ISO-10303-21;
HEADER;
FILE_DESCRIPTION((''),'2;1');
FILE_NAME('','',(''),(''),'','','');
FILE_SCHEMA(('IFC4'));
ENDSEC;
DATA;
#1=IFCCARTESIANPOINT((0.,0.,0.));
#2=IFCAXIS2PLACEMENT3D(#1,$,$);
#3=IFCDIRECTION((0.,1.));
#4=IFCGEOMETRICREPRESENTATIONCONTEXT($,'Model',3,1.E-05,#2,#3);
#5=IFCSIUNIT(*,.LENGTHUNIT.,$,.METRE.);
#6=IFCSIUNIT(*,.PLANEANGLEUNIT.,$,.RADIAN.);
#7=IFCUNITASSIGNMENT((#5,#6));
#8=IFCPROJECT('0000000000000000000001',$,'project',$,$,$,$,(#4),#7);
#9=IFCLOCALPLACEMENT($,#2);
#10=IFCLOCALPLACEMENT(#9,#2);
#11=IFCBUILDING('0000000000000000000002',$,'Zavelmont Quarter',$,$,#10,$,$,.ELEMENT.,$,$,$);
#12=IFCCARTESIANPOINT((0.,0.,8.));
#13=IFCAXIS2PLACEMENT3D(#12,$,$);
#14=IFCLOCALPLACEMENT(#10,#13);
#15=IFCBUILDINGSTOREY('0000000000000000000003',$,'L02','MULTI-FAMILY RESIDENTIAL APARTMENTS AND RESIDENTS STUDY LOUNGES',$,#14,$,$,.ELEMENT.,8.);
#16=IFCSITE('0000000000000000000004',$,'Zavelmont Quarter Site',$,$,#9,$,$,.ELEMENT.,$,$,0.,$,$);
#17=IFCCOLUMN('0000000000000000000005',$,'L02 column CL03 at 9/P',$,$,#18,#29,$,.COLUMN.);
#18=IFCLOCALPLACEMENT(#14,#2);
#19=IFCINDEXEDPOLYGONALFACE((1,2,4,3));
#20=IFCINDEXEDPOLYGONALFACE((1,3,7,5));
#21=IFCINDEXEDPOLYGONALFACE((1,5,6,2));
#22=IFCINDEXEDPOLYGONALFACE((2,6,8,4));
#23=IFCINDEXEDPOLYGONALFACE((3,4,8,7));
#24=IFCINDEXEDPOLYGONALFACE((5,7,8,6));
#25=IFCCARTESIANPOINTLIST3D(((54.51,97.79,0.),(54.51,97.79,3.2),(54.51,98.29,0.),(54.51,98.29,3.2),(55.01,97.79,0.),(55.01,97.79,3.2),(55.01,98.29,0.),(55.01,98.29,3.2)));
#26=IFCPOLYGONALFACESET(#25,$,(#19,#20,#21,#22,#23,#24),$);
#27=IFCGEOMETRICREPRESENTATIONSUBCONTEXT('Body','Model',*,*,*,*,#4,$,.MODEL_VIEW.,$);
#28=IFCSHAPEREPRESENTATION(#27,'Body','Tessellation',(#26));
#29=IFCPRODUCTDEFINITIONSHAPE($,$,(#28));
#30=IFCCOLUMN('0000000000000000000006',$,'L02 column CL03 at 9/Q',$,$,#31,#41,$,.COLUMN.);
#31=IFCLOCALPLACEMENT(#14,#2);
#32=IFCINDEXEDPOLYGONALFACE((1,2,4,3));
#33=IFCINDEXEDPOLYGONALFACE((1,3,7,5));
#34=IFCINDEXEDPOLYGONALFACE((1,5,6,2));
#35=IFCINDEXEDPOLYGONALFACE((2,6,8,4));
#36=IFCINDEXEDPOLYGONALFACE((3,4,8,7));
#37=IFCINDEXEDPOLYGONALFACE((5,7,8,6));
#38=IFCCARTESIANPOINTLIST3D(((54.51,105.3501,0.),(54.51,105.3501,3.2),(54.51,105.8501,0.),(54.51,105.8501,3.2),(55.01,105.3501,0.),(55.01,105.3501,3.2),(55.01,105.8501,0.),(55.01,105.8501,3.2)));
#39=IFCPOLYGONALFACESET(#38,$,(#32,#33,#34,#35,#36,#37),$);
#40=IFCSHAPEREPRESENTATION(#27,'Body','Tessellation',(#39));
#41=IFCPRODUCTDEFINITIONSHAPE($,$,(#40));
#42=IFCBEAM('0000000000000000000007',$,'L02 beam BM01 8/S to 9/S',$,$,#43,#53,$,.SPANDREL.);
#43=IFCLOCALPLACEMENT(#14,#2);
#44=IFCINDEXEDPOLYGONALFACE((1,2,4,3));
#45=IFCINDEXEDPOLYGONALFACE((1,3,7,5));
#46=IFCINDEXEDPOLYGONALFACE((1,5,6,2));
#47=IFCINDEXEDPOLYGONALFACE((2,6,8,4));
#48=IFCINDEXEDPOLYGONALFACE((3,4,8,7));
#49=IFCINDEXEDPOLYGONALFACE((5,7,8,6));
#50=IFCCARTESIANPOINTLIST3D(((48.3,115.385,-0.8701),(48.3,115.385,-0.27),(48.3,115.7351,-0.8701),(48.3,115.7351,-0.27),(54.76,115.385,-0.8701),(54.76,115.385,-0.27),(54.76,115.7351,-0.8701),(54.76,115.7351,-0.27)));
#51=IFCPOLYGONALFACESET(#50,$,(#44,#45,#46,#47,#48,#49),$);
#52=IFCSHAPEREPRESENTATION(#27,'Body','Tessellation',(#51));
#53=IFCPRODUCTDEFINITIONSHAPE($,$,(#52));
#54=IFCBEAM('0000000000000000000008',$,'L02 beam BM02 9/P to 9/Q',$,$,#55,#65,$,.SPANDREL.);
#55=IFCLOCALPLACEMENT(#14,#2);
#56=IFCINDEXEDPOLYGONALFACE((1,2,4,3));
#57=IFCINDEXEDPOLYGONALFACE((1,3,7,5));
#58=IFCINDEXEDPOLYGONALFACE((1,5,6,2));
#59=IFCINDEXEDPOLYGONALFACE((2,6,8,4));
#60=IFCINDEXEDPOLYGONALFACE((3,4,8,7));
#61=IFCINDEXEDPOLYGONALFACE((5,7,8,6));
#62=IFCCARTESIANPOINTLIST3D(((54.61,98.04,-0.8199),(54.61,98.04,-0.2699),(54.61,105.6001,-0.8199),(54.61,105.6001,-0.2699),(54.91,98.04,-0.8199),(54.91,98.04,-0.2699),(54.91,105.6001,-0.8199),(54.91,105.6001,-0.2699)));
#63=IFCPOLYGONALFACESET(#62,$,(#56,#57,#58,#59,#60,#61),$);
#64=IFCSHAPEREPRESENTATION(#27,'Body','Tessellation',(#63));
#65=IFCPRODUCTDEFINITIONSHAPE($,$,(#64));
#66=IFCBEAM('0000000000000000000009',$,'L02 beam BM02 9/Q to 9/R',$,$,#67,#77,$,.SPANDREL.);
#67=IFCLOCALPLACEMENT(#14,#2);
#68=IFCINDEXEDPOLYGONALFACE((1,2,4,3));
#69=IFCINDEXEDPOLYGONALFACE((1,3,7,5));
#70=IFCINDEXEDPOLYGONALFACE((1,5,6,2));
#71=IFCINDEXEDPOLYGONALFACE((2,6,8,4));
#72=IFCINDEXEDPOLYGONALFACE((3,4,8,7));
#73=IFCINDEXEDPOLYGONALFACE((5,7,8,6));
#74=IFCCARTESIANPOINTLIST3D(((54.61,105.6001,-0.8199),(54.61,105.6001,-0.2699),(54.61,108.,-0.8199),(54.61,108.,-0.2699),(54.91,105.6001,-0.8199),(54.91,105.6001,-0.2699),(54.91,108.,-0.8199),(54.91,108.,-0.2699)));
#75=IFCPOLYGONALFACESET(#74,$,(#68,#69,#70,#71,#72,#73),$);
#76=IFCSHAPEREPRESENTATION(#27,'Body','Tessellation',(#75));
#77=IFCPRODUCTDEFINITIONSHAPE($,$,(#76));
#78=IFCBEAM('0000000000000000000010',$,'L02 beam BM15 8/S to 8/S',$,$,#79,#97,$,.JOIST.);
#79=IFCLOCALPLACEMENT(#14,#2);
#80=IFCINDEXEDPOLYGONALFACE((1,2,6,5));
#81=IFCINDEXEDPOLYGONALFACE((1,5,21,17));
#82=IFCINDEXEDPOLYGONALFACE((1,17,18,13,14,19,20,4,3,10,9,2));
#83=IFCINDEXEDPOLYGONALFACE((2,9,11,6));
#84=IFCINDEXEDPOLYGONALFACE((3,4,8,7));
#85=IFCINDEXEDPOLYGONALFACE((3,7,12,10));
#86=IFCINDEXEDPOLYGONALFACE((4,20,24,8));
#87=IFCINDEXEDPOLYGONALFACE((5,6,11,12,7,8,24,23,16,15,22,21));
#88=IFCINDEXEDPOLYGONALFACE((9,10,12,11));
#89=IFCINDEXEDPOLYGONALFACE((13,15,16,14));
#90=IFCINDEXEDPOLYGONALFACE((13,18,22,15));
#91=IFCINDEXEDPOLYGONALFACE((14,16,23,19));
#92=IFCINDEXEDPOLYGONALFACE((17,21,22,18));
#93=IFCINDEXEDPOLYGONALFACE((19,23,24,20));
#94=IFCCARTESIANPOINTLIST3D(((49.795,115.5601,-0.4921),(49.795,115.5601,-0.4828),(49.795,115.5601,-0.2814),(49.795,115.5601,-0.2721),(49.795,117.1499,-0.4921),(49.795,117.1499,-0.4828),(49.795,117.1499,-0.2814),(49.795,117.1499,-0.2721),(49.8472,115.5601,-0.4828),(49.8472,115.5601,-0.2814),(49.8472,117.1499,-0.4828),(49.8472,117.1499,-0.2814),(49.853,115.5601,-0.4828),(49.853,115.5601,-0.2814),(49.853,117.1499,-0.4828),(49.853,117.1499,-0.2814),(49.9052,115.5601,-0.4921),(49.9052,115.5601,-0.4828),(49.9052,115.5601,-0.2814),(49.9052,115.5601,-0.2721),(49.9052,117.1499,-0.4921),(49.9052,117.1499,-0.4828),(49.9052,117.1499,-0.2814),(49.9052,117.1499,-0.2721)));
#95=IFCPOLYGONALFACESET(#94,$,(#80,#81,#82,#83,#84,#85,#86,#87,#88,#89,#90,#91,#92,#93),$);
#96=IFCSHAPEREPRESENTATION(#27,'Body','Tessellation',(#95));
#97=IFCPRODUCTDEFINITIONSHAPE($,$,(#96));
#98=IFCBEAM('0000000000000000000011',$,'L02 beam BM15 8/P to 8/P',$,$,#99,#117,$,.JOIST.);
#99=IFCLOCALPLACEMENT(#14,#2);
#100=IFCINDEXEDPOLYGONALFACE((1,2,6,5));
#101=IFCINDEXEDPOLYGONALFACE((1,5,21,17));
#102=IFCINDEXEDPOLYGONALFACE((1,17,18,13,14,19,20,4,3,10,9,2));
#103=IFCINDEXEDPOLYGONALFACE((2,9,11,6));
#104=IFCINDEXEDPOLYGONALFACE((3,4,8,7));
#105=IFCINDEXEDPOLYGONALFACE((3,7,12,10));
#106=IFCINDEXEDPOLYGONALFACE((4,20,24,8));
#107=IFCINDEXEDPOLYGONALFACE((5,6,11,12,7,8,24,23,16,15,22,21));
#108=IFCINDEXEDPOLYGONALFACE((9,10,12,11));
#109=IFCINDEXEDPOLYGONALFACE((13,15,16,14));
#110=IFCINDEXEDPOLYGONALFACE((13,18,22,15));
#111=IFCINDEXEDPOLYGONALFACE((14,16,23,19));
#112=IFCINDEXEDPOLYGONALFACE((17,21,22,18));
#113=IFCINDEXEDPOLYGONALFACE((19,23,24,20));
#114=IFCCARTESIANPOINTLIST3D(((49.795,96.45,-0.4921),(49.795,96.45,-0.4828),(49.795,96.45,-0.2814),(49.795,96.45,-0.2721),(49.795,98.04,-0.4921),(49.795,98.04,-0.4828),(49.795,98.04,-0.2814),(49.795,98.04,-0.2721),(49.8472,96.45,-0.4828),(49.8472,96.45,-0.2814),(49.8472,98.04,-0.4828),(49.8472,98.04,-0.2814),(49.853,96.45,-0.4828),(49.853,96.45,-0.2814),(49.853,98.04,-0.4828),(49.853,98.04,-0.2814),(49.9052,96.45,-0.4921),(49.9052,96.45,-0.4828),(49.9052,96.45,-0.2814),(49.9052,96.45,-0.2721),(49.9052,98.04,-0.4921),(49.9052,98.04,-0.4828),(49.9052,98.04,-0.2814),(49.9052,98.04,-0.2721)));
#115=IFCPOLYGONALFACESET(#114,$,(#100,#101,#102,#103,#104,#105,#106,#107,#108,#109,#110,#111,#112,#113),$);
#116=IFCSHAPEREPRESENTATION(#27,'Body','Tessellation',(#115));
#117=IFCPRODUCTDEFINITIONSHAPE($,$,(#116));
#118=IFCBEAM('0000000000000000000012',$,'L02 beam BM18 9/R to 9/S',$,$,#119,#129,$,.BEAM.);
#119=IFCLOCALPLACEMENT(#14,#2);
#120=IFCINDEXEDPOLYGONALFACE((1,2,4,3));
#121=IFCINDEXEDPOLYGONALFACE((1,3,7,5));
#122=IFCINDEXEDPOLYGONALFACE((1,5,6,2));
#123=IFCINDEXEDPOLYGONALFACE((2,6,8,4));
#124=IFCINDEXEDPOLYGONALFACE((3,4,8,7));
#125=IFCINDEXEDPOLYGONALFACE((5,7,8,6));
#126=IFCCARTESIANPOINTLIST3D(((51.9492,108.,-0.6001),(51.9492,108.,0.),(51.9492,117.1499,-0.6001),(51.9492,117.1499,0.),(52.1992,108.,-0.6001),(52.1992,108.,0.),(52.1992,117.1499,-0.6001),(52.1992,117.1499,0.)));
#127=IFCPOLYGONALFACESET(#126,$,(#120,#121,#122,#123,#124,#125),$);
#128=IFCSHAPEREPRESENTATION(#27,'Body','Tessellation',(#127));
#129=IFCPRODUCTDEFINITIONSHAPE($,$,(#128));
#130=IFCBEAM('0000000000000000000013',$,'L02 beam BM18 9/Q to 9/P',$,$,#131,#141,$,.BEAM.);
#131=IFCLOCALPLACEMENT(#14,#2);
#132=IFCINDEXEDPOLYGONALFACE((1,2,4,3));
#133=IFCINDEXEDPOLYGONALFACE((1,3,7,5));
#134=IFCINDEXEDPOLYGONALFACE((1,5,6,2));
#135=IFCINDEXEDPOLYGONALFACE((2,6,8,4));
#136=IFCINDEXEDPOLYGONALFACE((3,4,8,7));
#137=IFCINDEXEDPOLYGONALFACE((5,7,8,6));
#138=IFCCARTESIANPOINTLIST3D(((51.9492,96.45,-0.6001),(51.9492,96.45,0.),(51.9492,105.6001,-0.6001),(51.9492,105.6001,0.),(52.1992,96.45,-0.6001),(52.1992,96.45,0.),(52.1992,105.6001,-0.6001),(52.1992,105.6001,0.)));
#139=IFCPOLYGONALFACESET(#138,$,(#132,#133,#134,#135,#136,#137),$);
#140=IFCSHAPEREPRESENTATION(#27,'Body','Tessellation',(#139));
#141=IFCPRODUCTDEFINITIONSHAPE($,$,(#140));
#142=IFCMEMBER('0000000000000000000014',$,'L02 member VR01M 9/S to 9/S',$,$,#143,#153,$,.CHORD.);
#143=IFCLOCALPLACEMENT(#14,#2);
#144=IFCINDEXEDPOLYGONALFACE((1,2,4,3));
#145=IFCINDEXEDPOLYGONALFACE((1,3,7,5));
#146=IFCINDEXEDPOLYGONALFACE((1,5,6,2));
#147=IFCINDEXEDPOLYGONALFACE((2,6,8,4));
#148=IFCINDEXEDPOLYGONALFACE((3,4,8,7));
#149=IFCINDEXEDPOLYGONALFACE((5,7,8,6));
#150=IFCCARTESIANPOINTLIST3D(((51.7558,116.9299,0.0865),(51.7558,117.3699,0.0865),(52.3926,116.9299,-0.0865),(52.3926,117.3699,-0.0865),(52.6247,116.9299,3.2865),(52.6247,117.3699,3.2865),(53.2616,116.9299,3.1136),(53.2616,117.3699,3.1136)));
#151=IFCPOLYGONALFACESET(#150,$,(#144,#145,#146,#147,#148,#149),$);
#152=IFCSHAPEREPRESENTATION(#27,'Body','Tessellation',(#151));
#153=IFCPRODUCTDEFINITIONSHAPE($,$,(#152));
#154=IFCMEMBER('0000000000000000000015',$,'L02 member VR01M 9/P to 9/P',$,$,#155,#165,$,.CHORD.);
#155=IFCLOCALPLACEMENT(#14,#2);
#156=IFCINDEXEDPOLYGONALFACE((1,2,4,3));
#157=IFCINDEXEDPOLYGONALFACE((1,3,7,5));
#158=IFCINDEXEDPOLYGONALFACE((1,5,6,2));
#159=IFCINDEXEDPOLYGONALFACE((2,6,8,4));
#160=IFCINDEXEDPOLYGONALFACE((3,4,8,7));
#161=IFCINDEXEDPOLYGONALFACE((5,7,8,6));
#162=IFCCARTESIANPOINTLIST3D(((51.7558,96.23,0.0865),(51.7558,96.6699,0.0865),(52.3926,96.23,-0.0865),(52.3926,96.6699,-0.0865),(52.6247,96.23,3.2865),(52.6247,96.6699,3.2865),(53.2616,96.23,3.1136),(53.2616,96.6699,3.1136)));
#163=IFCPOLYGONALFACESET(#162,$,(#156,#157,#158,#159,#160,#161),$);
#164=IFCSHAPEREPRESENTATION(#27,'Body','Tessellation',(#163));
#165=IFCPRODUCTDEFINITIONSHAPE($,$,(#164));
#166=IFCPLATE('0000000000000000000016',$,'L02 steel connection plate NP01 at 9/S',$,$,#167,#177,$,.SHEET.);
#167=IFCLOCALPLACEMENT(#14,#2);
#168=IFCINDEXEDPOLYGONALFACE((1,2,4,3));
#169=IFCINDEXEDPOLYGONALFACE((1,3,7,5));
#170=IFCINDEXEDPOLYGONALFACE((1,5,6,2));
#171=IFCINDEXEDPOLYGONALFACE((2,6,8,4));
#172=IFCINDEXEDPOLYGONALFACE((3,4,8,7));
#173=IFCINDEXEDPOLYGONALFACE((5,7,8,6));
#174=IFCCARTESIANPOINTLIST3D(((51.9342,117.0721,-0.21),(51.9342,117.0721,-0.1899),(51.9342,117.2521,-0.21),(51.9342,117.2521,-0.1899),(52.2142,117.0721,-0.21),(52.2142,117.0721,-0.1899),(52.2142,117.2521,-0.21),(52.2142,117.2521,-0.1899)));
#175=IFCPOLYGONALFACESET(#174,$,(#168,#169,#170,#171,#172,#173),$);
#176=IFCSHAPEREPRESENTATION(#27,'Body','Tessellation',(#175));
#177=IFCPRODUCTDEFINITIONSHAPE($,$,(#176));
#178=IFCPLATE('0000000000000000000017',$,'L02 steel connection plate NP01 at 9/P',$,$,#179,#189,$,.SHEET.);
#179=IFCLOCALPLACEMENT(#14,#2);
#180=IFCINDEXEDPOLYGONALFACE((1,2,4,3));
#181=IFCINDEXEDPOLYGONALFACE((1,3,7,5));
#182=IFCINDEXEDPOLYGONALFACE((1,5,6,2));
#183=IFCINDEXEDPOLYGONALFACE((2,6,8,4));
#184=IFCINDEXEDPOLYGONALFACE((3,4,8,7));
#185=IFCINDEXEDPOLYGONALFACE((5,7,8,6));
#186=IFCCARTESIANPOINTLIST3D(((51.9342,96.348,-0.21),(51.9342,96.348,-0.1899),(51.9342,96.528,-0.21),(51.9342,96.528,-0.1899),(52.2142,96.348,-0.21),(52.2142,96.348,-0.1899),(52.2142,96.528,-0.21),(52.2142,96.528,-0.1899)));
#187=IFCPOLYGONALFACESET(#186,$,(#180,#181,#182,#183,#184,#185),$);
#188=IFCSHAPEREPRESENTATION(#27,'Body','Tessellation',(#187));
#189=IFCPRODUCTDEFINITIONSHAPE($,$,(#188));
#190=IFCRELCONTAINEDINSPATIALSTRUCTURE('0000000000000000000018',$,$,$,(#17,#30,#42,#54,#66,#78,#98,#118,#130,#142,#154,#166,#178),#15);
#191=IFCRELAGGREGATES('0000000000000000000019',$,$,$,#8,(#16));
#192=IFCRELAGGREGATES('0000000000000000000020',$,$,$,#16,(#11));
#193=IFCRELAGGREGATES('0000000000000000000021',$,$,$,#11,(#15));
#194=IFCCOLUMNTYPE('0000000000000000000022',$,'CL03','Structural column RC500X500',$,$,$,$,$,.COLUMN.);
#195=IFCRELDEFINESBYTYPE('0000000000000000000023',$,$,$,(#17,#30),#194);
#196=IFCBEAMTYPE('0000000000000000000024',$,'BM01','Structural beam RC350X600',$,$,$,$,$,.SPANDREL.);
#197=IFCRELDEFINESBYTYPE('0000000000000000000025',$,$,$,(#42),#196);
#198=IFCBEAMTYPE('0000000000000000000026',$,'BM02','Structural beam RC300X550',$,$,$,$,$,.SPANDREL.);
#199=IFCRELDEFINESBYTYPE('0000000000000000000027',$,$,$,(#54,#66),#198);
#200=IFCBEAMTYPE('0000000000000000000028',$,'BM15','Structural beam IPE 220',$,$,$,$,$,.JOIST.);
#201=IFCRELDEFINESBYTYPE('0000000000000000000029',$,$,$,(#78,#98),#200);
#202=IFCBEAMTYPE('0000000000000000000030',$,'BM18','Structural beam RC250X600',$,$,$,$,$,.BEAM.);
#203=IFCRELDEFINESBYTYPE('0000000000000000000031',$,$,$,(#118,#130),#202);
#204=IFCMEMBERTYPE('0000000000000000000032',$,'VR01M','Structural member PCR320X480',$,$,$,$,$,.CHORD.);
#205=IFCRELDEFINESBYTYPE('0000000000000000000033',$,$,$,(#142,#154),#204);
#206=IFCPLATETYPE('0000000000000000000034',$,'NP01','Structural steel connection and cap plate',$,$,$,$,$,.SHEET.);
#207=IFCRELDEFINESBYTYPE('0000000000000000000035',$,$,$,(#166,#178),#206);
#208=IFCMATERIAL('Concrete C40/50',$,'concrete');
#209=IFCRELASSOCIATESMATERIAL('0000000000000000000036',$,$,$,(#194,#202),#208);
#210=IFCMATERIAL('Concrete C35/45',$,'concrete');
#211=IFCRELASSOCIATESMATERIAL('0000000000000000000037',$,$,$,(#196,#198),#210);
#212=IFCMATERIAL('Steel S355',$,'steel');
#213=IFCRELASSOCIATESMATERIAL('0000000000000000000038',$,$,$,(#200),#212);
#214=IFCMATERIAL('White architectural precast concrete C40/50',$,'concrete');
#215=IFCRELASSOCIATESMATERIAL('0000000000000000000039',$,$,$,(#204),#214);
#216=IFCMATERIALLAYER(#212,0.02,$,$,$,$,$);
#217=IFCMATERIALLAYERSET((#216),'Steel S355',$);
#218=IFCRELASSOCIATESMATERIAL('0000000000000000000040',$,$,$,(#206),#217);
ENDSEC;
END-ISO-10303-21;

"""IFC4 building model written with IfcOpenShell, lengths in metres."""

from ifc_helpers import new_model, si_unit, direction, frame, origin, origin_2d, place, context, subcontext, project, spatial, rectangle, i_section, extrude, material, layer, layer_set, material_profile, profile_set, type_object, element, save


model = new_model("IFC4")

# Units and contexts
model_context = context("Model", 3, precision=1e-05, world=origin(), true_north=direction((0.0, 1.0)))
body_context = subcontext(model_context, "Body", "Model", "MODEL_VIEW")
ifc_project = project(units=[si_unit("LENGTHUNIT", "METRE"), si_unit("PLANEANGLEUNIT", "RADIAN")], contexts=[model_context])

# Site, building, storey
site_placement = place(None, origin())
site = spatial("IfcSite", under=ifc_project, at=site_placement, Name="Zavelmont Quarter Site", CompositionType="ELEMENT", RefElevation=0.0)
building_placement = place(site_placement, origin())
building = spatial("IfcBuilding", under=site, at=building_placement, Name="Zavelmont Quarter", CompositionType="ELEMENT")
storey_placement = place(building_placement, frame((0.0, 0.0, 8.0)))
storey = spatial("IfcBuildingStorey", under=building, at=storey_placement, Name="L02", Description="MULTI-FAMILY RESIDENTIAL APARTMENTS AND RESIDENTS STUDY LOUNGES", CompositionType="ELEMENT", Elevation=8.0)

# Columns
ifc_material_1 = material(Name="Concrete C40/50", Category="concrete")
ifc_material_profile_1 = material_profile(ifc_material_1, rectangle(XDim=0.5, YDim=0.5, at=origin_2d()), Name="RC500X500")
ifc_profile_set_1 = profile_set([ifc_material_profile_1], Name="Concrete C40/50")
column_type = type_object("IfcColumnType", Name="CL03", Description="Structural column RC500X500", PredefinedType="COLUMN", material=ifc_profile_set_1)
for number, where, z_axis, x_axis, name in (
    (1, (54.76, 98.04, 0.0), (0.0, 0.0, 1.0), (1.0, 0.0, 0.0), "L02 column CL03 at 9/P"),
    (2, (54.76, 105.6001, 0.0), (0.0, 0.0, 1.0), (1.0, 0.0, 0.0), "L02 column CL03 at 9/Q"),
):
    element("IfcColumn", number, at=place(storey_placement, frame(where, z_axis=z_axis, x_axis=x_axis)), inside=storey, type_object=column_type, Name=name, PredefinedType="COLUMN", context=body_context, shape_type="SweptSolid", body=[
        extrude(rectangle(XDim=0.5, YDim=0.5, at=origin_2d()), origin(), (0.0, 0.0, 1.0), 3.2),
    ])

# Beams
ifc_material_2 = material(Name="Concrete C35/45", Category="concrete")
ifc_material_profile_2 = material_profile(ifc_material_2, rectangle(XDim=0.3501, YDim=0.6001, at=origin_2d()), Name="RC350X600")
ifc_profile_set_2 = profile_set([ifc_material_profile_2], Name="Concrete C35/45")
beam_type_1 = type_object("IfcBeamType", Name="BM01", Description="Structural beam RC350X600", PredefinedType="SPANDREL", material=ifc_profile_set_2)
beam_1_placement = place(storey_placement, frame((48.3, 115.5601, -0.5701), z_axis=(1.0, 0.0, 0.0), x_axis=(0.0, 1.0, 0.0)))
element("IfcBeam", 3, at=beam_1_placement, inside=storey, type_object=beam_type_1, Name="L02 beam BM01 8/S to 9/S", PredefinedType="SPANDREL", context=body_context, shape_type="SweptSolid", body=[
    extrude(rectangle(XDim=0.3501, YDim=0.6001, at=origin_2d()), origin(), (0.0, 0.0, 1.0), 6.46),
])
ifc_material_profile_3 = material_profile(ifc_material_2, rectangle(XDim=0.3, YDim=0.55, at=origin_2d()), Name="RC300X550")
ifc_profile_set_3 = profile_set([ifc_material_profile_3], Name="Concrete C35/45")
beam_type_2 = type_object("IfcBeamType", Name="BM02", Description="Structural beam RC300X550", PredefinedType="SPANDREL", material=ifc_profile_set_3)
beam_2_placement = place(storey_placement, frame((54.76, 98.04, -0.5449), z_axis=(0.0, 1.0, 0.0), x_axis=(-1.0, 0.0, 0.0)))
element("IfcBeam", 4, at=beam_2_placement, inside=storey, type_object=beam_type_2, Name="L02 beam BM02 9/P to 9/Q", PredefinedType="SPANDREL", context=body_context, shape_type="SweptSolid", body=[
    extrude(rectangle(XDim=0.3, YDim=0.55, at=origin_2d()), origin(), (0.0, 0.0, 1.0), 7.5601),
])
beam_3_placement = place(storey_placement, frame((54.76, 105.6001, -0.5449), z_axis=(0.0, 1.0, 0.0), x_axis=(-1.0, 0.0, 0.0)))
element("IfcBeam", 5, at=beam_3_placement, inside=storey, type_object=beam_type_2, Name="L02 beam BM02 9/Q to 9/R", PredefinedType="SPANDREL", context=body_context, shape_type="SweptSolid", body=[
    extrude(rectangle(XDim=0.3, YDim=0.55, at=origin_2d()), origin(), (0.0, 0.0, 1.0), 2.3999),
])
ifc_material_3 = material(Name="Steel S355", Category="steel")
ifc_material_profile_4 = material_profile(ifc_material_3, i_section(OverallWidth=0.1101, OverallDepth=0.22, WebThickness=0.0059, FlangeThickness=0.0093, at=origin_2d()), Name="IPE 220")
ifc_profile_set_4 = profile_set([ifc_material_profile_4], Name="Steel S355")
beam_type_3 = type_object("IfcBeamType", Name="BM15", Description="Structural beam IPE 220", PredefinedType="JOIST", material=ifc_profile_set_4)
beam_4_placement = place(storey_placement, frame((49.8501, 115.5601, -0.3821), z_axis=(0.0, 1.0, 0.0), x_axis=(-1.0, 0.0, 0.0)))
element("IfcBeam", 6, at=beam_4_placement, inside=storey, type_object=beam_type_3, Name="L02 beam BM15 8/S to 8/S", PredefinedType="JOIST", context=body_context, shape_type="SweptSolid", body=[
    extrude(i_section(OverallWidth=0.1101, OverallDepth=0.22, WebThickness=0.0059, FlangeThickness=0.0093, at=origin_2d()), origin(), (0.0, 0.0, 1.0), 1.5898),
])
beam_5_placement = place(storey_placement, frame((49.8501, 98.04, -0.3821), z_axis=(0.0, -1.0, 0.0), x_axis=(1.0, 0.0, 0.0)))
element("IfcBeam", 7, at=beam_5_placement, inside=storey, type_object=beam_type_3, Name="L02 beam BM15 8/P to 8/P", PredefinedType="JOIST", context=body_context, shape_type="SweptSolid", body=[
    extrude(i_section(OverallWidth=0.1101, OverallDepth=0.22, WebThickness=0.0059, FlangeThickness=0.0093, at=origin_2d()), origin(), (0.0, 0.0, 1.0), 1.5901),
])
ifc_material_profile_5 = material_profile(ifc_material_1, rectangle(XDim=0.25, YDim=0.6001, at=origin_2d()), Name="RC250X600")
ifc_profile_set_5 = profile_set([ifc_material_profile_5], Name="Concrete C40/50")
beam_type_4 = type_object("IfcBeamType", Name="BM18", Description="Structural beam RC250X600", PredefinedType="BEAM", material=ifc_profile_set_5)
beam_6_placement = place(storey_placement, frame((52.0742, 108.0, -0.3), z_axis=(0.0, 1.0, 0.0), x_axis=(-1.0, 0.0, 0.0)))
element("IfcBeam", 8, at=beam_6_placement, inside=storey, type_object=beam_type_4, Name="L02 beam BM18 9/R to 9/S", PredefinedType="BEAM", context=body_context, shape_type="SweptSolid", body=[
    extrude(rectangle(XDim=0.25, YDim=0.6001, at=origin_2d()), origin(), (0.0, 0.0, 1.0), 9.1499),
])
beam_7_placement = place(storey_placement, frame((52.0742, 105.6001, -0.3), z_axis=(0.0, -1.0, 0.0), x_axis=(1.0, 0.0, 0.0)))
element("IfcBeam", 9, at=beam_7_placement, inside=storey, type_object=beam_type_4, Name="L02 beam BM18 9/Q to 9/P", PredefinedType="BEAM", context=body_context, shape_type="SweptSolid", body=[
    extrude(rectangle(XDim=0.25, YDim=0.6001, at=origin_2d()), origin(), (0.0, 0.0, 1.0), 9.1501),
])

# Members
ifc_material_4 = material(Name="White architectural precast concrete C40/50", Category="concrete")
ifc_material_profile_6 = material_profile(ifc_material_4, rectangle(XDim=0.4399, YDim=0.6599, at=origin_2d()), Name="PCR320X480")
ifc_profile_set_6 = profile_set([ifc_material_profile_6], Name="White architectural precast concrete C40/50")
member_type = type_object("IfcMemberType", Name="VR01M", Description="Structural member PCR320X480", PredefinedType="CHORD", material=ifc_profile_set_6)
for number, where, z_axis, x_axis, name in (
    (10, (52.0742, 117.1499, 0.0), (0.262046, 0.0, 0.965055), (0.0, 1.0, 0.0), "L02 member VR01M 9/S to 9/S"),
    (11, (52.0742, 96.45, 0.0), (0.262046, 0.0, 0.965055), (0.0, 1.0, 0.0), "L02 member VR01M 9/P to 9/P"),
):
    element("IfcMember", number, at=place(storey_placement, frame(where, z_axis=z_axis, x_axis=x_axis)), inside=storey, type_object=member_type, Name=name, PredefinedType="CHORD", context=body_context, shape_type="SweptSolid", body=[
        extrude(rectangle(XDim=0.4399, YDim=0.6599, at=origin_2d()), origin(), (0.0, 0.0, 1.0), 3.3159),
    ])

# Plates
ifc_layer_1 = layer(ifc_material_3, 0.02)
ifc_layer_set_1 = layer_set([ifc_layer_1], Name="Steel S355")
plate_type = type_object("IfcPlateType", Name="NP01", Description="Structural steel connection and cap plate", PredefinedType="SHEET", material=ifc_layer_set_1)
for number, where, z_axis, x_axis, name in (
    (12, (52.0742, 117.1621, -0.21), (0.0, 0.0, 1.0), (1.0, 0.0, 0.0), "L02 steel connection plate NP01 at 9/S"),
    (13, (52.0742, 96.438, -0.21), (0.0, 0.0, 1.0), (1.0, 0.0, 0.0), "L02 steel connection plate NP01 at 9/P"),
):
    element("IfcPlate", number, at=place(storey_placement, frame(where, z_axis=z_axis, x_axis=x_axis)), inside=storey, type_object=plate_type, Name=name, PredefinedType="SHEET", context=body_context, shape_type="SweptSolid", body=[
        extrude(rectangle(XDim=0.28, YDim=0.1799, at=origin_2d()), origin(), (0.0, 0.0, 1.0), 0.02),
    ])

save(model, "model.ifc")
